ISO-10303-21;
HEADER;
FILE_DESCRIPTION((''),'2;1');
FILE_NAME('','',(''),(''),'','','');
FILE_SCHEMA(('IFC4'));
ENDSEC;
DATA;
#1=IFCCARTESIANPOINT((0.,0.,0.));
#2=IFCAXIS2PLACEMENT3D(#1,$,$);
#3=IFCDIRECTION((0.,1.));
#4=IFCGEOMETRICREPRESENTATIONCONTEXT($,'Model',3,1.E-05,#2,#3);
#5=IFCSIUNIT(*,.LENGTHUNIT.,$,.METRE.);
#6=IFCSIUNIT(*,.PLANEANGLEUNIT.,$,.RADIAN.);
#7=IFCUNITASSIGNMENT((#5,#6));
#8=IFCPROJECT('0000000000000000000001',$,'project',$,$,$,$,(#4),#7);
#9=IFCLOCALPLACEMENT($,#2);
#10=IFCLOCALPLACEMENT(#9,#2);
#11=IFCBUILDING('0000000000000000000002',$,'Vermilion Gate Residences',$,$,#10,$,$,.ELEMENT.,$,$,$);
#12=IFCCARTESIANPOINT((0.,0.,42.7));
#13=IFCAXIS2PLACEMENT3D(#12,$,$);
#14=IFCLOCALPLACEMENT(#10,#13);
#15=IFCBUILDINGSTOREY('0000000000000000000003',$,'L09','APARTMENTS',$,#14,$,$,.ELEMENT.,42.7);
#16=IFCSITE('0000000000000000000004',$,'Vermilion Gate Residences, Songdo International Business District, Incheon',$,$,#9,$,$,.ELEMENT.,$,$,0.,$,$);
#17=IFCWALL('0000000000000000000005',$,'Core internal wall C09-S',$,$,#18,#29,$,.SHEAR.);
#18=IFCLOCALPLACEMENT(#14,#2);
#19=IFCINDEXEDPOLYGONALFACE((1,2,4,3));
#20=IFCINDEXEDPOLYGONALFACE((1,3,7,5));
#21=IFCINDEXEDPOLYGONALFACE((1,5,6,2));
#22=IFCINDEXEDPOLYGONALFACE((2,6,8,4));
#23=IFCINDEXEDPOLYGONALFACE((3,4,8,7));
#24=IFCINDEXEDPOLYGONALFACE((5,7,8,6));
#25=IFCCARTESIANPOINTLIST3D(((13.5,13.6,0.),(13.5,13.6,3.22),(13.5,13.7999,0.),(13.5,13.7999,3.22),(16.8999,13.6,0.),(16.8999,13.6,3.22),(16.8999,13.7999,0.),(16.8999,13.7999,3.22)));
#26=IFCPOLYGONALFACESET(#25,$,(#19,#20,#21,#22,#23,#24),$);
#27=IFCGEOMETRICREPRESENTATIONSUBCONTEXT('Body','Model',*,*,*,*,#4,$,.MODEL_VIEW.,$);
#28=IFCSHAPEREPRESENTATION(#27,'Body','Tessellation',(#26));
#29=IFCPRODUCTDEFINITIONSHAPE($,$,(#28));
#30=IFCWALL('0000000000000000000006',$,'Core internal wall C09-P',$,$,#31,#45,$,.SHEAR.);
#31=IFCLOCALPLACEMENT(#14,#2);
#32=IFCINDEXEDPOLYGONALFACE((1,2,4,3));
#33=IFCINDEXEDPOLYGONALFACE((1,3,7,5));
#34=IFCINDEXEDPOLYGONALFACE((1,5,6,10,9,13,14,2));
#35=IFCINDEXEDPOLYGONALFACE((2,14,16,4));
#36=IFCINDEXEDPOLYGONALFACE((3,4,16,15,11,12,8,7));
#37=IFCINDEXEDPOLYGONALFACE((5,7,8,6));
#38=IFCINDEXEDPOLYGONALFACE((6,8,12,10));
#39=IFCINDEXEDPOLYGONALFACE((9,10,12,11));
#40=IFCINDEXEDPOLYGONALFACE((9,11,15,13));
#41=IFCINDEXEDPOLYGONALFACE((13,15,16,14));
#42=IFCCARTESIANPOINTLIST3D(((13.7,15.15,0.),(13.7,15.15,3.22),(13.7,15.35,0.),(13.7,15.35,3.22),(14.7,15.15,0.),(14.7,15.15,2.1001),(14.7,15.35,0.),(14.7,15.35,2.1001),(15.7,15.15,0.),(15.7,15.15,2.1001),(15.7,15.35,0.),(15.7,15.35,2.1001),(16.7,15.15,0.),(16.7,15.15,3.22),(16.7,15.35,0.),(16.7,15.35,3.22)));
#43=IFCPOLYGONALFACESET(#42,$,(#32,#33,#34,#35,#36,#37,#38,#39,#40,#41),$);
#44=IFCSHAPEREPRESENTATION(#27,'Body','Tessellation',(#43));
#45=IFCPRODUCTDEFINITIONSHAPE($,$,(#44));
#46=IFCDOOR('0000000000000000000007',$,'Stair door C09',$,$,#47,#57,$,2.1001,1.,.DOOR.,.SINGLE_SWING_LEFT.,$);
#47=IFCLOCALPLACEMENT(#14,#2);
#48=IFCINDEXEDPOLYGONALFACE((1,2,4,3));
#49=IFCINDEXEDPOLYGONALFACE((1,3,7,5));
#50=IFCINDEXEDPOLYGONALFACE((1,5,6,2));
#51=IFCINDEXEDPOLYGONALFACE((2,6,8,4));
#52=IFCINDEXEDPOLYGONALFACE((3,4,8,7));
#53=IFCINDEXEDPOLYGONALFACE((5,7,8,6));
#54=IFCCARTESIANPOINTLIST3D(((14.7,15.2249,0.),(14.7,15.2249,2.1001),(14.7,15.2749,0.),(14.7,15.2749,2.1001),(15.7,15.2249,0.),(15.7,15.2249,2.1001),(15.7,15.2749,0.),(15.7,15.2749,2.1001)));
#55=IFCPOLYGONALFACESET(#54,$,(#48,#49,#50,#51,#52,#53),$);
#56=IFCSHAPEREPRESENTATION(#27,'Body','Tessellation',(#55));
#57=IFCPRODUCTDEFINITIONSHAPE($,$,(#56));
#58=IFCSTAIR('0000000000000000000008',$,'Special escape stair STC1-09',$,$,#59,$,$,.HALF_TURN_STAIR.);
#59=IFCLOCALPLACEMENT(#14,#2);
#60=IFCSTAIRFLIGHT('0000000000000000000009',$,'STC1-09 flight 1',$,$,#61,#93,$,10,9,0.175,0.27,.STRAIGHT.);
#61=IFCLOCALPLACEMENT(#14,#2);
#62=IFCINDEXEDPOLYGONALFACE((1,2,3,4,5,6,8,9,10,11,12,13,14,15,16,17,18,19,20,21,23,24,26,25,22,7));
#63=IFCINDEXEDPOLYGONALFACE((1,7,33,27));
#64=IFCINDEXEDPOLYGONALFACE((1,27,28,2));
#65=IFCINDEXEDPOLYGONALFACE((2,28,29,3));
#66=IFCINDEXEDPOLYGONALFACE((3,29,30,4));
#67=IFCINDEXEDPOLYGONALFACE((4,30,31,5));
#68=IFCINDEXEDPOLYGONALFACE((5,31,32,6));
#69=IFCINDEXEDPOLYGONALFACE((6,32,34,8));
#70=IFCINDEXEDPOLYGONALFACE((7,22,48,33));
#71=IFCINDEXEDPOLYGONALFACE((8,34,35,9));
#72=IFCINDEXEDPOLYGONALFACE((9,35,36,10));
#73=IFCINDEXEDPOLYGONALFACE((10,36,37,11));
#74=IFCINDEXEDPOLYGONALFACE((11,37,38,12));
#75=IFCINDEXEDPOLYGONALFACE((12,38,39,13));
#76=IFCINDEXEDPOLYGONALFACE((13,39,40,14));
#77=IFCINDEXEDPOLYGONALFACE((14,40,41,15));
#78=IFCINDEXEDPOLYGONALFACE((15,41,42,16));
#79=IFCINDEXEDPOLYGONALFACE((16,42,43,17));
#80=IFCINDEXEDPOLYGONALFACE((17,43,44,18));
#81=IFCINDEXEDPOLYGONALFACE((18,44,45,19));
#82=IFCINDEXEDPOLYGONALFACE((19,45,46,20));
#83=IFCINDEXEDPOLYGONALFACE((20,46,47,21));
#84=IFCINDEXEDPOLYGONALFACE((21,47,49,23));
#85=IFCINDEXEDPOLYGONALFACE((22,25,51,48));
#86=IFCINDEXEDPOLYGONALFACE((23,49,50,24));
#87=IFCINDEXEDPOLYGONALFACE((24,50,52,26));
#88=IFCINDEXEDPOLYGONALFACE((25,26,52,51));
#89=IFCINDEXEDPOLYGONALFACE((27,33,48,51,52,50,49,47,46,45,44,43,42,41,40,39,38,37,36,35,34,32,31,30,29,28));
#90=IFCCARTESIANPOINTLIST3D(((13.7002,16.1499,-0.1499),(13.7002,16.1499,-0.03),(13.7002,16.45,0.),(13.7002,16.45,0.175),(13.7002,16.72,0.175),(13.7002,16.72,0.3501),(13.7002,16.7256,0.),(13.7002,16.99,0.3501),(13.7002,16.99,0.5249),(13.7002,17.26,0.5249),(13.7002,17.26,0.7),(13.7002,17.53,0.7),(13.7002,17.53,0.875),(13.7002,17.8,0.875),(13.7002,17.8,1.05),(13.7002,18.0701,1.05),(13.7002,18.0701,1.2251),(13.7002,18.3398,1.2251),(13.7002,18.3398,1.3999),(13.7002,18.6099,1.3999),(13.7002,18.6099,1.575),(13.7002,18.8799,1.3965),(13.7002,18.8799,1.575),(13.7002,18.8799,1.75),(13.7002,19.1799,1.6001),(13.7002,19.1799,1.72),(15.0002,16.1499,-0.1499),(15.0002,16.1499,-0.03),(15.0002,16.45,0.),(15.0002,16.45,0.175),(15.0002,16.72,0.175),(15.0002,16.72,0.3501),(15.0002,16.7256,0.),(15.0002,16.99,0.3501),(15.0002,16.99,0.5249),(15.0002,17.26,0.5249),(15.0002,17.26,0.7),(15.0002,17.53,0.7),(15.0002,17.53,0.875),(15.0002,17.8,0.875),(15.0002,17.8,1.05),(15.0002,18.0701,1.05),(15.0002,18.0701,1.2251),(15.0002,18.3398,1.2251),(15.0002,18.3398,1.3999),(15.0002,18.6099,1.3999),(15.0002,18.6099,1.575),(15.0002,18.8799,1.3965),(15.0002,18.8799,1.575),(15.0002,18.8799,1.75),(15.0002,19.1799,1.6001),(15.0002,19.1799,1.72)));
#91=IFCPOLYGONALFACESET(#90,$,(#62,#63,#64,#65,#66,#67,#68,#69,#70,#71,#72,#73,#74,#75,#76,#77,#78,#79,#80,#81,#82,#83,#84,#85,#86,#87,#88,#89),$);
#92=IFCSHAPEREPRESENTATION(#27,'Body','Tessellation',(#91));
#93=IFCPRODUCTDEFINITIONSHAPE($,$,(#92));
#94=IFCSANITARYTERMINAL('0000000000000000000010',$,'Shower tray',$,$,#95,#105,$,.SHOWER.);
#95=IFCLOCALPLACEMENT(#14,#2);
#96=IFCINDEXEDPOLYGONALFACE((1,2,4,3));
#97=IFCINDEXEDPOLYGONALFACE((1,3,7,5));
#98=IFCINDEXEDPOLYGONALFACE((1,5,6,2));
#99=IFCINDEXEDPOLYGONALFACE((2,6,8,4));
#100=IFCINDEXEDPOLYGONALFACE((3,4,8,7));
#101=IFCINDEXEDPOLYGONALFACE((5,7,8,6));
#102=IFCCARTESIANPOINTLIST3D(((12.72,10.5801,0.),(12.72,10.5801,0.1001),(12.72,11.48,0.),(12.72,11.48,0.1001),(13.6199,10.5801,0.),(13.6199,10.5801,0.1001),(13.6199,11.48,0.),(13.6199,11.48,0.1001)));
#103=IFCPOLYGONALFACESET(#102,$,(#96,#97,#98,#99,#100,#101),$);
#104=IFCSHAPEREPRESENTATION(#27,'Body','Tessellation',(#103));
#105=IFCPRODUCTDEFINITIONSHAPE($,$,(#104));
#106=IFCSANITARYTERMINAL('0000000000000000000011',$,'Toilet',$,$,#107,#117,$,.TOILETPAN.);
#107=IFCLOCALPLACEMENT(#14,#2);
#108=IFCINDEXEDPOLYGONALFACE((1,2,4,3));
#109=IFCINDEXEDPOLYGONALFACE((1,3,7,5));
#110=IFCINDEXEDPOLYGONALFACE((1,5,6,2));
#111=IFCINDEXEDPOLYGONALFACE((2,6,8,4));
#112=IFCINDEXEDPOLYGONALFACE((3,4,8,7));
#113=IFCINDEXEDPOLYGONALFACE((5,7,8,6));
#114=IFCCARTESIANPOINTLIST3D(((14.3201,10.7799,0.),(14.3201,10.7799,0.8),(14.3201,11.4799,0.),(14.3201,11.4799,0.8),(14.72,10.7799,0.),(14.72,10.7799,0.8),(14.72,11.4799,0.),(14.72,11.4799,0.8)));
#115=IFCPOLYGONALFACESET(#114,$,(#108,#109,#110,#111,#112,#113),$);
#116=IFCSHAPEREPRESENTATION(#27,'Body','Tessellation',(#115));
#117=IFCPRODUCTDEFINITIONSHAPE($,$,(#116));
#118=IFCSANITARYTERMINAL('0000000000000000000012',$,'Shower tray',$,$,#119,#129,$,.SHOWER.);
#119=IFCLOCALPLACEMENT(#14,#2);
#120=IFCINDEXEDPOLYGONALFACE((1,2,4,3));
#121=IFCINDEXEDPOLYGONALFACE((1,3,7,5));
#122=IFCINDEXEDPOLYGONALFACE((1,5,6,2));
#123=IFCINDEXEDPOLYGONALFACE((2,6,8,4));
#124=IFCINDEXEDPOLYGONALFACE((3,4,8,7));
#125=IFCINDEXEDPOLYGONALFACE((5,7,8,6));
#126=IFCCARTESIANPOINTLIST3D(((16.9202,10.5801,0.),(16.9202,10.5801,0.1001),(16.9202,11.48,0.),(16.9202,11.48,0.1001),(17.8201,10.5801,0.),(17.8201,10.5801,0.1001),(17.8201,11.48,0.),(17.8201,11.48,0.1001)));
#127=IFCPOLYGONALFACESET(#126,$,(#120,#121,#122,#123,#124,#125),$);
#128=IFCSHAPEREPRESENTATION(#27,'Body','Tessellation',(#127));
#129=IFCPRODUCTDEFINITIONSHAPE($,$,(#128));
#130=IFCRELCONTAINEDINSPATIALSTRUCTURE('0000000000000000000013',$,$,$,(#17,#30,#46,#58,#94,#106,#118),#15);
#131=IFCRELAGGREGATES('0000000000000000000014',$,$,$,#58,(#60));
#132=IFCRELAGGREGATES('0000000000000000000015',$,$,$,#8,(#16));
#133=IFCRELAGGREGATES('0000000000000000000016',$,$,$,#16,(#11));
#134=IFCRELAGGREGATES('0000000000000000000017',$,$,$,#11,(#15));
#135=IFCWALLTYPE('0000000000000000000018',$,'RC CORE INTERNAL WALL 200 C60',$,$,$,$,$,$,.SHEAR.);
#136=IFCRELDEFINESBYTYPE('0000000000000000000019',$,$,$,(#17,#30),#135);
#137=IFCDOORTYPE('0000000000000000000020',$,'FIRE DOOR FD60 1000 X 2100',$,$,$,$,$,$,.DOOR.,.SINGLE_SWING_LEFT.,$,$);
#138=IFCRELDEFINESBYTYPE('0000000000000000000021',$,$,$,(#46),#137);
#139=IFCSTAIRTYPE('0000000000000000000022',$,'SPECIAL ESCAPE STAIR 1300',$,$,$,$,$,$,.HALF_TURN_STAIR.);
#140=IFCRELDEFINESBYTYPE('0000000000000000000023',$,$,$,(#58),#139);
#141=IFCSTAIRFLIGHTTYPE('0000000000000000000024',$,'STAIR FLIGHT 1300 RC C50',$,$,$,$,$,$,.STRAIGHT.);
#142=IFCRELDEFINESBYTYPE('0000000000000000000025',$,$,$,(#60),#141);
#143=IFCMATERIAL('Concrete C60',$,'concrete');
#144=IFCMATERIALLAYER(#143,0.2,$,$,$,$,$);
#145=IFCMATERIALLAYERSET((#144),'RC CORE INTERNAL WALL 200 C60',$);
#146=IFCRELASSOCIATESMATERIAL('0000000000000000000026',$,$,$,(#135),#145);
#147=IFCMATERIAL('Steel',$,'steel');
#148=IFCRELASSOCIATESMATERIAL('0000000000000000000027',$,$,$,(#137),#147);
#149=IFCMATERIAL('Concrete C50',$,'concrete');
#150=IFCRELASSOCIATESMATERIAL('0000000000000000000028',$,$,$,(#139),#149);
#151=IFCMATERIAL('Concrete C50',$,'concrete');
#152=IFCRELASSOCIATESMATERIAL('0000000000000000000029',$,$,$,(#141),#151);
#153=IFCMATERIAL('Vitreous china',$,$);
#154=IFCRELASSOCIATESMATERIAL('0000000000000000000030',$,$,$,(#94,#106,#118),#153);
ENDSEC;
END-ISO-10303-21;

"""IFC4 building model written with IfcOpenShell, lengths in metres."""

from ifc_helpers import new_model, si_unit, direction, frame, frame_2d, origin, origin_2d, place, context, subcontext, project, spatial, polyline, rectangle, outline, extrude, material, layer, layer_set, type_object, element, fill, aggregate, save


model = new_model("IFC4")

# Units and contexts
model_context = context("Model", 3, precision=1e-05, world=origin(), true_north=direction((0.0, 1.0)))
body_context = subcontext(model_context, "Body", "Model", "MODEL_VIEW")
ifc_project = project(units=[si_unit("LENGTHUNIT", "METRE"), si_unit("PLANEANGLEUNIT", "RADIAN")], contexts=[model_context])

# Site, building, storey
site_placement = place(None, origin())
site = spatial("IfcSite", under=ifc_project, at=site_placement, Name="Vermilion Gate Residences, Songdo International Business District, Incheon", CompositionType="ELEMENT", RefElevation=0.0)
building_placement = place(site_placement, origin())
building = spatial("IfcBuilding", under=site, at=building_placement, Name="Vermilion Gate Residences", CompositionType="ELEMENT")
storey_placement = place(building_placement, frame((0.0, 0.0, 42.7)))
storey = spatial("IfcBuildingStorey", under=building, at=storey_placement, Name="L09", Description="APARTMENTS", CompositionType="ELEMENT", Elevation=42.7)

# Shared definitions
ifc_material_1 = material(Name="Concrete C60", Category="concrete")
ifc_layer_1 = layer(ifc_material_1, 0.2)
ifc_layer_set_1 = layer_set([ifc_layer_1], Name="RC CORE INTERNAL WALL 200 C60")
wall_type_1 = type_object("IfcWallType", Name="RC CORE INTERNAL WALL 200 C60", PredefinedType="SHEAR", material=ifc_layer_set_1)
ifc_material_2 = material(Name="Steel", Category="steel")
door_type_1 = type_object("IfcDoorType", Name="FIRE DOOR FD60 1000 X 2100", OperationType="SINGLE_SWING_LEFT", PredefinedType="DOOR", material=ifc_material_2)

# Wall
wall_1_placement = place(storey_placement, frame((13.5, 13.7, 0.0), z_axis=(0.0, 0.0, 1.0), x_axis=(1.0, 0.0, 0.0)))
element("IfcWall", 1, at=wall_1_placement, inside=storey, type_object=wall_type_1, Name="Core internal wall C09-S", PredefinedType="SHEAR", context=body_context, shape_type="SweptSolid", body=[
    extrude(rectangle(XDim=3.3999, YDim=0.2, at=frame_2d((1.7, 0.0))), origin(), (0.0, 0.0, 1.0), 3.22),
])

# Wall, opening, door
wall_2_placement = place(storey_placement, frame((13.7, 15.25, 0.0), z_axis=(0.0, 0.0, 1.0), x_axis=(1.0, 0.0, 0.0)))
wall_2 = element("IfcWall", 2, at=wall_2_placement, inside=storey, type_object=wall_type_1, Name="Core internal wall C09-P", PredefinedType="SHEAR", context=body_context, shape_type="SweptSolid", body=[
    extrude(rectangle(XDim=3.0, YDim=0.2, at=frame_2d((1.5, 0.0))), origin(), (0.0, 0.0, 1.0), 3.22),
])
opening_1_placement = place(wall_2_placement, frame((1.0, 0.0, 0.0)))
opening_1 = element("IfcOpeningElement", 3, at=opening_1_placement, cuts=wall_2, PredefinedType="OPENING", context=body_context, shape_type="SweptSolid", body=[
    extrude(rectangle(XDim=1.0, YDim=2.1001, at=frame_2d((0.5, 1.05))), frame((0.0, 0.1099, 0.0), z_axis=(0.0, -1.0, 0.0), x_axis=(1.0, 0.0, 0.0)), (0.0, 0.0, 1.0), 0.22),
])
door_1_placement = place(opening_1_placement, origin())
door_1 = element("IfcDoor", 4, at=door_1_placement, inside=storey, type_object=door_type_1, Name="Stair door C09", OperationType="SINGLE_SWING_LEFT", OverallHeight=2.1001, OverallWidth=1.0, PredefinedType="DOOR", context=body_context, shape_type="SweptSolid", body=[
    extrude(rectangle(XDim=1.0, YDim=2.1001, at=frame_2d((0.5, 1.05))), frame((0.0, 0.0249, 0.0), z_axis=(0.0, -1.0, 0.0), x_axis=(1.0, 0.0, 0.0)), (0.0, 0.0, 1.0), 0.05),
])
fill(opening_1, door_1)

# Stair, stair flight
ifc_material_3 = material(Name="Concrete C50", Category="concrete")
stair_type = type_object("IfcStairType", Name="SPECIAL ESCAPE STAIR 1300", PredefinedType="HALF_TURN_STAIR", material=ifc_material_3)
stair_placement = place(storey_placement, origin())
stair = element("IfcStair", 5, at=stair_placement, inside=storey, type_object=stair_type, Name="Special escape stair STC1-09", PredefinedType="HALF_TURN_STAIR")
ifc_material_4 = material(Name="Concrete C50", Category="concrete")
stair_flight_type = type_object("IfcStairFlightType", Name="STAIR FLIGHT 1300 RC C50", PredefinedType="STRAIGHT", material=ifc_material_4)
stair_flight_placement = place(storey_placement, frame((14.3501, 16.45, 0.0), z_axis=(0.0, 0.0, 1.0), x_axis=(0.0, 1.0, 0.0)))
stair_flight = element("IfcStairFlight", 6, at=stair_flight_placement, type_object=stair_flight_type, Name="STC1-09 flight 1", NumberOfRisers=10, NumberOfTreads=9, PredefinedType="STRAIGHT", RiserHeight=0.175, TreadLength=0.27, context=body_context, shape_type="SweptSolid", body=[
    extrude(outline(polyline([(-0.3, -0.1499), (-0.3, -0.03), (0.0, 0.0), (0.0, 0.175), (0.27, 0.175), (0.27, 0.3501), (0.54, 0.3501), (0.54, 0.5249), (0.8101, 0.5249), (0.8101, 0.7), (1.0801, 0.7), (1.0801, 0.875), (1.3501, 0.875), (1.3501, 1.05), (1.6201, 1.05), (1.6201, 1.2251), (1.8899, 1.2251), (1.8899, 1.3999), (2.1599, 1.3999), (2.1599, 1.575), (2.4299, 1.575), (2.4299, 1.75), (2.73, 1.72), (2.73, 1.6001), (2.4299, 1.3965), (0.2756, 0.0), (-0.3, -0.1499)])), frame((0.0, 0.6499, 0.0), z_axis=(0.0, -1.0, 0.0), x_axis=(1.0, 0.0, 0.0)), (0.0, 0.0, 1.0), 1.3),
])
aggregate(stair, [stair_flight])

# Sanitary terminals
ifc_material_5 = material(Name="Vitreous china")
sanitary_terminal_1_placement = place(storey_placement, frame((13.1699, 11.03, 0.0), z_axis=(0.0, 0.0, 1.0), x_axis=(1.0, 0.0, 0.0)))
element("IfcSanitaryTerminal", 7, at=sanitary_terminal_1_placement, inside=storey, material=ifc_material_5, Name="Shower tray", PredefinedType="SHOWER", context=body_context, shape_type="SweptSolid", body=[
    extrude(rectangle(XDim=0.8999, YDim=0.8999, at=origin_2d()), origin(), (0.0, 0.0, 1.0), 0.1001),
])
sanitary_terminal_2_placement = place(storey_placement, frame((14.52, 11.1299, 0.0), z_axis=(0.0, 0.0, 1.0), x_axis=(1.0, 0.0, 0.0)))
element("IfcSanitaryTerminal", 8, at=sanitary_terminal_2_placement, inside=storey, material=ifc_material_5, Name="Toilet", PredefinedType="TOILETPAN", context=body_context, shape_type="SweptSolid", body=[
    extrude(rectangle(XDim=0.3999, YDim=0.7, at=origin_2d()), origin(), (0.0, 0.0, 1.0), 0.8),
])
sanitary_terminal_3_placement = place(storey_placement, frame((17.3701, 11.03, 0.0), z_axis=(0.0, 0.0, 1.0), x_axis=(1.0, 0.0, 0.0)))
element("IfcSanitaryTerminal", 9, at=sanitary_terminal_3_placement, inside=storey, material=ifc_material_5, Name="Shower tray", PredefinedType="SHOWER", context=body_context, shape_type="SweptSolid", body=[
    extrude(rectangle(XDim=0.8999, YDim=0.8999, at=origin_2d()), origin(), (0.0, 0.0, 1.0), 0.1001),
])

save(model, "model.ifc")
